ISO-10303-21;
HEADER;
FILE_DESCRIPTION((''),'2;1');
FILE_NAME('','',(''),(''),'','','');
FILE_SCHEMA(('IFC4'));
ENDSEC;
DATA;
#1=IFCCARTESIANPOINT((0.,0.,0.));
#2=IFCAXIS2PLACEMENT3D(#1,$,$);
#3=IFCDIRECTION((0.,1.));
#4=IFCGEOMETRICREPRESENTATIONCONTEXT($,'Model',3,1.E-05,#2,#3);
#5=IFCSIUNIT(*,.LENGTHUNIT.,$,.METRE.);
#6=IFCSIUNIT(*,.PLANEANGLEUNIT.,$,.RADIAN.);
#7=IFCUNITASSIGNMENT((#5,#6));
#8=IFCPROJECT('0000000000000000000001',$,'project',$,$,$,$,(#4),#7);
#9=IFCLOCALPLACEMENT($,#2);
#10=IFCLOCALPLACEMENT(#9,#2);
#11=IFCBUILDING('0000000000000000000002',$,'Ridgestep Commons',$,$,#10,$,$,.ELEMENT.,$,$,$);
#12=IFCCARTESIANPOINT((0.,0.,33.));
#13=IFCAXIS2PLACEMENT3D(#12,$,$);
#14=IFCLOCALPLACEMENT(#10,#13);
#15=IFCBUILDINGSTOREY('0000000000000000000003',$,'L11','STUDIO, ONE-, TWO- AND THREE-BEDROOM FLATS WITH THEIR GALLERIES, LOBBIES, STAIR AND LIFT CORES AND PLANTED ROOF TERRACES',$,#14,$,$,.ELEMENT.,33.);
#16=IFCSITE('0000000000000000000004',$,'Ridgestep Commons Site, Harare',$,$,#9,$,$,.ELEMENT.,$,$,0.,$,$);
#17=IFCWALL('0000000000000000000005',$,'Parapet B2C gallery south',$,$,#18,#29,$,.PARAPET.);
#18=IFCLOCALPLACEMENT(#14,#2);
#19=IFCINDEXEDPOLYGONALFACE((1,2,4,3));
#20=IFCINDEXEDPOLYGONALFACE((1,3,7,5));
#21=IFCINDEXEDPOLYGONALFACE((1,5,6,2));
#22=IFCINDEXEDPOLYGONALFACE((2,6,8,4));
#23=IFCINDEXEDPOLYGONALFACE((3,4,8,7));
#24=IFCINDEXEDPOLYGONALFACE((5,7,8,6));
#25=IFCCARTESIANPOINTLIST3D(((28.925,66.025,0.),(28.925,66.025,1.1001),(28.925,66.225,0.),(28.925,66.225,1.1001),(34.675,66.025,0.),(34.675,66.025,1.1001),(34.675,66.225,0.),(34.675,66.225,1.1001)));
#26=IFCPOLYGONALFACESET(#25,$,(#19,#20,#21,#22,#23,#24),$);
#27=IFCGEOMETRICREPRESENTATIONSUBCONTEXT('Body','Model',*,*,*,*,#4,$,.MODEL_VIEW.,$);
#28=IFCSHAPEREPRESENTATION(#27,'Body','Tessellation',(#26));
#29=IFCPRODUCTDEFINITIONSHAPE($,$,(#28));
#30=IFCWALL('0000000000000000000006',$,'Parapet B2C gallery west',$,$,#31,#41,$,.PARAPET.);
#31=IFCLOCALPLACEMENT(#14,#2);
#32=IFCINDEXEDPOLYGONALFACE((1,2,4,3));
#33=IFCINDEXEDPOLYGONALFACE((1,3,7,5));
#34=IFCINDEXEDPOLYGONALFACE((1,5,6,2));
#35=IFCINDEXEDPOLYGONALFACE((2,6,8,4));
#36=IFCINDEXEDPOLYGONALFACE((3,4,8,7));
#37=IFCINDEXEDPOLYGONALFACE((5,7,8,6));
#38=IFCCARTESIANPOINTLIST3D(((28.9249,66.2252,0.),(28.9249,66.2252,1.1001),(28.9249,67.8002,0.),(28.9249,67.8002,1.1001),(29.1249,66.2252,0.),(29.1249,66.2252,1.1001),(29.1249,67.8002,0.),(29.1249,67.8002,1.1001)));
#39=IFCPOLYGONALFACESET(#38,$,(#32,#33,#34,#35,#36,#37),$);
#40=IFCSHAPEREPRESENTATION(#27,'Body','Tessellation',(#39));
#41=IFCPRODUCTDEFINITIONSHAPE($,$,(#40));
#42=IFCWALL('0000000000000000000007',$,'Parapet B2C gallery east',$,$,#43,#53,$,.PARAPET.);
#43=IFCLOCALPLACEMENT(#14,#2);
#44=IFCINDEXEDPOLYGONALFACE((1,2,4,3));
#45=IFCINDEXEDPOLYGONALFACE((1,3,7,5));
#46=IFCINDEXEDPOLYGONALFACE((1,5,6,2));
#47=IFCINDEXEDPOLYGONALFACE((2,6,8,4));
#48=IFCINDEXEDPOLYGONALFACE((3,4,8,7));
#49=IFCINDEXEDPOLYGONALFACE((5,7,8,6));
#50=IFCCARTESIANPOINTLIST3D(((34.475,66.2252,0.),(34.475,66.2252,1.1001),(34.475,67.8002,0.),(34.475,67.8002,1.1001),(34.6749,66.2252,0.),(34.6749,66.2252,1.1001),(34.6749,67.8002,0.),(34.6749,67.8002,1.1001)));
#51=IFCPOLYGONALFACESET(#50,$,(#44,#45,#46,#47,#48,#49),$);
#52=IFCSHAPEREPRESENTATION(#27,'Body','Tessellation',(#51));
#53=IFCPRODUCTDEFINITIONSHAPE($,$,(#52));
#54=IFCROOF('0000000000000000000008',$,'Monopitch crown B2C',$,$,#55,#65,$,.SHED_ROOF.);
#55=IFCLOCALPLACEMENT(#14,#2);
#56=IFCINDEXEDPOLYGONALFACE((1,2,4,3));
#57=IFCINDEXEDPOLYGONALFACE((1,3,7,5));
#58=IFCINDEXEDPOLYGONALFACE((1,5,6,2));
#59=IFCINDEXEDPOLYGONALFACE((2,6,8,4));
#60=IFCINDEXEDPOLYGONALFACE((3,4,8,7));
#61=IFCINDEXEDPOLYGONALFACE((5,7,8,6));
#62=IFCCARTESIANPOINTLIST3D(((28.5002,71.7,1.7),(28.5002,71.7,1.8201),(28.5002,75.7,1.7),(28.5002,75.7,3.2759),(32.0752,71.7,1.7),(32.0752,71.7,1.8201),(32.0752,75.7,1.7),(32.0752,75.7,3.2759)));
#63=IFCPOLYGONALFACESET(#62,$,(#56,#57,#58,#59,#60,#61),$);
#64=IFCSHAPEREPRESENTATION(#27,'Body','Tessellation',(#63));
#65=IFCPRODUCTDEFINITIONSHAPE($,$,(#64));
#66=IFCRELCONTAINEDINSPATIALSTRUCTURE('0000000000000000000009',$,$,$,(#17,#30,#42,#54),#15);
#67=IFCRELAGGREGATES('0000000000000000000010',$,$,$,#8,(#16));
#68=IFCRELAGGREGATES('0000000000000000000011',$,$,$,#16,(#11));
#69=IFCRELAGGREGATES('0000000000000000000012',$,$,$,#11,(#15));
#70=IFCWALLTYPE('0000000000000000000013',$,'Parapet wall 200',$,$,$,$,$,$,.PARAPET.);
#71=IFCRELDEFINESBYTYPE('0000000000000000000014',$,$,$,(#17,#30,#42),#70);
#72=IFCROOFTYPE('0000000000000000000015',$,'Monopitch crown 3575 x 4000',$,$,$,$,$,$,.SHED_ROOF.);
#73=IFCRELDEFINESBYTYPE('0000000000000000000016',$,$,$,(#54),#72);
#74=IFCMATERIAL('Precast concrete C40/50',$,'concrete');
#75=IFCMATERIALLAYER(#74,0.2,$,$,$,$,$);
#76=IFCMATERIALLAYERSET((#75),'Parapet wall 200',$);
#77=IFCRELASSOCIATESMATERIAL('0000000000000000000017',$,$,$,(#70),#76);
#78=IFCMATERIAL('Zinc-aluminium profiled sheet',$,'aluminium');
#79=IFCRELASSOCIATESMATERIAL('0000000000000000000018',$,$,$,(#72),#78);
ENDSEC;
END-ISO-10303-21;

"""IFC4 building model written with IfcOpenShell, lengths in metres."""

from ifc_helpers import new_model, si_unit, direction, frame, frame_2d, origin, place, context, subcontext, project, spatial, polyline, rectangle, outline, extrude, material, layer, layer_set, type_object, element, save


model = new_model("IFC4")

# Units and contexts
model_context = context("Model", 3, precision=1e-05, world=origin(), true_north=direction((0.0, 1.0)))
body_context = subcontext(model_context, "Body", "Model", "MODEL_VIEW")
ifc_project = project(units=[si_unit("LENGTHUNIT", "METRE"), si_unit("PLANEANGLEUNIT", "RADIAN")], contexts=[model_context])

# Site, building, storey
site_placement = place(None, origin())
site = spatial("IfcSite", under=ifc_project, at=site_placement, Name="Ridgestep Commons Site, Harare", CompositionType="ELEMENT", RefElevation=0.0)
building_placement = place(site_placement, origin())
building = spatial("IfcBuilding", under=site, at=building_placement, Name="Ridgestep Commons", CompositionType="ELEMENT")
storey_placement = place(building_placement, frame((0.0, 0.0, 33.0)))
storey = spatial("IfcBuildingStorey", under=building, at=storey_placement, Name="L11", Description="STUDIO, ONE-, TWO- AND THREE-BEDROOM FLATS WITH THEIR GALLERIES, LOBBIES, STAIR AND LIFT CORES AND PLANTED ROOF TERRACES", CompositionType="ELEMENT", Elevation=33.0)

# Walls
ifc_material_1 = material(Name="Precast concrete C40/50", Category="concrete")
ifc_layer_1 = layer(ifc_material_1, 0.2)
ifc_layer_set_1 = layer_set([ifc_layer_1], Name="Parapet wall 200")
wall_type_1 = type_object("IfcWallType", Name="Parapet wall 200", PredefinedType="PARAPET", material=ifc_layer_set_1)
wall_1_placement = place(storey_placement, frame((28.925, 66.125, 0.0), z_axis=(0.0, 0.0, 1.0), x_axis=(1.0, 0.0, 0.0)))
element("IfcWall", 1, at=wall_1_placement, inside=storey, type_object=wall_type_1, Name="Parapet B2C gallery south", PredefinedType="PARAPET", context=body_context, shape_type="SweptSolid", body=[
    extrude(rectangle(XDim=5.75, YDim=0.2, at=frame_2d((2.875, 0.0))), origin(), (0.0, 0.0, 1.0), 1.1001),
])
for number, where, z_axis, x_axis, name in (
    (2, (29.0249, 66.2251, 0.0), (0.0, 0.0, 1.0), (0.0, 1.0, 0.0), "Parapet B2C gallery west"),
    (3, (34.575, 66.2251, 0.0), (0.0, 0.0, 1.0), (0.0, 1.0, 0.0), "Parapet B2C gallery east"),
):
    element("IfcWall", number, at=place(storey_placement, frame(where, z_axis=z_axis, x_axis=x_axis)), inside=storey, type_object=wall_type_1, Name=name, PredefinedType="PARAPET", context=body_context, shape_type="SweptSolid", body=[
        extrude(rectangle(XDim=1.575, YDim=0.2, at=frame_2d((0.7876, 0.0))), origin(), (0.0, 0.0, 1.0), 1.1001),
    ])

# Roof
ifc_material_2 = material(Name="Zinc-aluminium profiled sheet", Category="aluminium")
roof_type = type_object("IfcRoofType", Name="Monopitch crown 3575 x 4000", PredefinedType="SHED_ROOF", material=ifc_material_2)
roof_placement = place(storey_placement, frame((30.2876, 75.7, 1.7), z_axis=(0.0, 0.0, 1.0), x_axis=(0.0, -1.0, 0.0)))
element("IfcRoof", 4, at=roof_placement, inside=storey, type_object=roof_type, Name="Monopitch crown B2C", PredefinedType="SHED_ROOF", context=body_context, shape_type="SweptSolid", body=[
    extrude(outline(polyline([(0.0, 0.0), (4.0, 0.0), (4.0, 0.1201), (0.0, 1.5759), (0.0, 0.0)])), frame((0.0, 1.7876, 0.0), z_axis=(0.0, -1.0, 0.0), x_axis=(1.0, 0.0, 0.0)), (0.0, 0.0, 1.0), 3.575),
])

save(model, "model.ifc")
